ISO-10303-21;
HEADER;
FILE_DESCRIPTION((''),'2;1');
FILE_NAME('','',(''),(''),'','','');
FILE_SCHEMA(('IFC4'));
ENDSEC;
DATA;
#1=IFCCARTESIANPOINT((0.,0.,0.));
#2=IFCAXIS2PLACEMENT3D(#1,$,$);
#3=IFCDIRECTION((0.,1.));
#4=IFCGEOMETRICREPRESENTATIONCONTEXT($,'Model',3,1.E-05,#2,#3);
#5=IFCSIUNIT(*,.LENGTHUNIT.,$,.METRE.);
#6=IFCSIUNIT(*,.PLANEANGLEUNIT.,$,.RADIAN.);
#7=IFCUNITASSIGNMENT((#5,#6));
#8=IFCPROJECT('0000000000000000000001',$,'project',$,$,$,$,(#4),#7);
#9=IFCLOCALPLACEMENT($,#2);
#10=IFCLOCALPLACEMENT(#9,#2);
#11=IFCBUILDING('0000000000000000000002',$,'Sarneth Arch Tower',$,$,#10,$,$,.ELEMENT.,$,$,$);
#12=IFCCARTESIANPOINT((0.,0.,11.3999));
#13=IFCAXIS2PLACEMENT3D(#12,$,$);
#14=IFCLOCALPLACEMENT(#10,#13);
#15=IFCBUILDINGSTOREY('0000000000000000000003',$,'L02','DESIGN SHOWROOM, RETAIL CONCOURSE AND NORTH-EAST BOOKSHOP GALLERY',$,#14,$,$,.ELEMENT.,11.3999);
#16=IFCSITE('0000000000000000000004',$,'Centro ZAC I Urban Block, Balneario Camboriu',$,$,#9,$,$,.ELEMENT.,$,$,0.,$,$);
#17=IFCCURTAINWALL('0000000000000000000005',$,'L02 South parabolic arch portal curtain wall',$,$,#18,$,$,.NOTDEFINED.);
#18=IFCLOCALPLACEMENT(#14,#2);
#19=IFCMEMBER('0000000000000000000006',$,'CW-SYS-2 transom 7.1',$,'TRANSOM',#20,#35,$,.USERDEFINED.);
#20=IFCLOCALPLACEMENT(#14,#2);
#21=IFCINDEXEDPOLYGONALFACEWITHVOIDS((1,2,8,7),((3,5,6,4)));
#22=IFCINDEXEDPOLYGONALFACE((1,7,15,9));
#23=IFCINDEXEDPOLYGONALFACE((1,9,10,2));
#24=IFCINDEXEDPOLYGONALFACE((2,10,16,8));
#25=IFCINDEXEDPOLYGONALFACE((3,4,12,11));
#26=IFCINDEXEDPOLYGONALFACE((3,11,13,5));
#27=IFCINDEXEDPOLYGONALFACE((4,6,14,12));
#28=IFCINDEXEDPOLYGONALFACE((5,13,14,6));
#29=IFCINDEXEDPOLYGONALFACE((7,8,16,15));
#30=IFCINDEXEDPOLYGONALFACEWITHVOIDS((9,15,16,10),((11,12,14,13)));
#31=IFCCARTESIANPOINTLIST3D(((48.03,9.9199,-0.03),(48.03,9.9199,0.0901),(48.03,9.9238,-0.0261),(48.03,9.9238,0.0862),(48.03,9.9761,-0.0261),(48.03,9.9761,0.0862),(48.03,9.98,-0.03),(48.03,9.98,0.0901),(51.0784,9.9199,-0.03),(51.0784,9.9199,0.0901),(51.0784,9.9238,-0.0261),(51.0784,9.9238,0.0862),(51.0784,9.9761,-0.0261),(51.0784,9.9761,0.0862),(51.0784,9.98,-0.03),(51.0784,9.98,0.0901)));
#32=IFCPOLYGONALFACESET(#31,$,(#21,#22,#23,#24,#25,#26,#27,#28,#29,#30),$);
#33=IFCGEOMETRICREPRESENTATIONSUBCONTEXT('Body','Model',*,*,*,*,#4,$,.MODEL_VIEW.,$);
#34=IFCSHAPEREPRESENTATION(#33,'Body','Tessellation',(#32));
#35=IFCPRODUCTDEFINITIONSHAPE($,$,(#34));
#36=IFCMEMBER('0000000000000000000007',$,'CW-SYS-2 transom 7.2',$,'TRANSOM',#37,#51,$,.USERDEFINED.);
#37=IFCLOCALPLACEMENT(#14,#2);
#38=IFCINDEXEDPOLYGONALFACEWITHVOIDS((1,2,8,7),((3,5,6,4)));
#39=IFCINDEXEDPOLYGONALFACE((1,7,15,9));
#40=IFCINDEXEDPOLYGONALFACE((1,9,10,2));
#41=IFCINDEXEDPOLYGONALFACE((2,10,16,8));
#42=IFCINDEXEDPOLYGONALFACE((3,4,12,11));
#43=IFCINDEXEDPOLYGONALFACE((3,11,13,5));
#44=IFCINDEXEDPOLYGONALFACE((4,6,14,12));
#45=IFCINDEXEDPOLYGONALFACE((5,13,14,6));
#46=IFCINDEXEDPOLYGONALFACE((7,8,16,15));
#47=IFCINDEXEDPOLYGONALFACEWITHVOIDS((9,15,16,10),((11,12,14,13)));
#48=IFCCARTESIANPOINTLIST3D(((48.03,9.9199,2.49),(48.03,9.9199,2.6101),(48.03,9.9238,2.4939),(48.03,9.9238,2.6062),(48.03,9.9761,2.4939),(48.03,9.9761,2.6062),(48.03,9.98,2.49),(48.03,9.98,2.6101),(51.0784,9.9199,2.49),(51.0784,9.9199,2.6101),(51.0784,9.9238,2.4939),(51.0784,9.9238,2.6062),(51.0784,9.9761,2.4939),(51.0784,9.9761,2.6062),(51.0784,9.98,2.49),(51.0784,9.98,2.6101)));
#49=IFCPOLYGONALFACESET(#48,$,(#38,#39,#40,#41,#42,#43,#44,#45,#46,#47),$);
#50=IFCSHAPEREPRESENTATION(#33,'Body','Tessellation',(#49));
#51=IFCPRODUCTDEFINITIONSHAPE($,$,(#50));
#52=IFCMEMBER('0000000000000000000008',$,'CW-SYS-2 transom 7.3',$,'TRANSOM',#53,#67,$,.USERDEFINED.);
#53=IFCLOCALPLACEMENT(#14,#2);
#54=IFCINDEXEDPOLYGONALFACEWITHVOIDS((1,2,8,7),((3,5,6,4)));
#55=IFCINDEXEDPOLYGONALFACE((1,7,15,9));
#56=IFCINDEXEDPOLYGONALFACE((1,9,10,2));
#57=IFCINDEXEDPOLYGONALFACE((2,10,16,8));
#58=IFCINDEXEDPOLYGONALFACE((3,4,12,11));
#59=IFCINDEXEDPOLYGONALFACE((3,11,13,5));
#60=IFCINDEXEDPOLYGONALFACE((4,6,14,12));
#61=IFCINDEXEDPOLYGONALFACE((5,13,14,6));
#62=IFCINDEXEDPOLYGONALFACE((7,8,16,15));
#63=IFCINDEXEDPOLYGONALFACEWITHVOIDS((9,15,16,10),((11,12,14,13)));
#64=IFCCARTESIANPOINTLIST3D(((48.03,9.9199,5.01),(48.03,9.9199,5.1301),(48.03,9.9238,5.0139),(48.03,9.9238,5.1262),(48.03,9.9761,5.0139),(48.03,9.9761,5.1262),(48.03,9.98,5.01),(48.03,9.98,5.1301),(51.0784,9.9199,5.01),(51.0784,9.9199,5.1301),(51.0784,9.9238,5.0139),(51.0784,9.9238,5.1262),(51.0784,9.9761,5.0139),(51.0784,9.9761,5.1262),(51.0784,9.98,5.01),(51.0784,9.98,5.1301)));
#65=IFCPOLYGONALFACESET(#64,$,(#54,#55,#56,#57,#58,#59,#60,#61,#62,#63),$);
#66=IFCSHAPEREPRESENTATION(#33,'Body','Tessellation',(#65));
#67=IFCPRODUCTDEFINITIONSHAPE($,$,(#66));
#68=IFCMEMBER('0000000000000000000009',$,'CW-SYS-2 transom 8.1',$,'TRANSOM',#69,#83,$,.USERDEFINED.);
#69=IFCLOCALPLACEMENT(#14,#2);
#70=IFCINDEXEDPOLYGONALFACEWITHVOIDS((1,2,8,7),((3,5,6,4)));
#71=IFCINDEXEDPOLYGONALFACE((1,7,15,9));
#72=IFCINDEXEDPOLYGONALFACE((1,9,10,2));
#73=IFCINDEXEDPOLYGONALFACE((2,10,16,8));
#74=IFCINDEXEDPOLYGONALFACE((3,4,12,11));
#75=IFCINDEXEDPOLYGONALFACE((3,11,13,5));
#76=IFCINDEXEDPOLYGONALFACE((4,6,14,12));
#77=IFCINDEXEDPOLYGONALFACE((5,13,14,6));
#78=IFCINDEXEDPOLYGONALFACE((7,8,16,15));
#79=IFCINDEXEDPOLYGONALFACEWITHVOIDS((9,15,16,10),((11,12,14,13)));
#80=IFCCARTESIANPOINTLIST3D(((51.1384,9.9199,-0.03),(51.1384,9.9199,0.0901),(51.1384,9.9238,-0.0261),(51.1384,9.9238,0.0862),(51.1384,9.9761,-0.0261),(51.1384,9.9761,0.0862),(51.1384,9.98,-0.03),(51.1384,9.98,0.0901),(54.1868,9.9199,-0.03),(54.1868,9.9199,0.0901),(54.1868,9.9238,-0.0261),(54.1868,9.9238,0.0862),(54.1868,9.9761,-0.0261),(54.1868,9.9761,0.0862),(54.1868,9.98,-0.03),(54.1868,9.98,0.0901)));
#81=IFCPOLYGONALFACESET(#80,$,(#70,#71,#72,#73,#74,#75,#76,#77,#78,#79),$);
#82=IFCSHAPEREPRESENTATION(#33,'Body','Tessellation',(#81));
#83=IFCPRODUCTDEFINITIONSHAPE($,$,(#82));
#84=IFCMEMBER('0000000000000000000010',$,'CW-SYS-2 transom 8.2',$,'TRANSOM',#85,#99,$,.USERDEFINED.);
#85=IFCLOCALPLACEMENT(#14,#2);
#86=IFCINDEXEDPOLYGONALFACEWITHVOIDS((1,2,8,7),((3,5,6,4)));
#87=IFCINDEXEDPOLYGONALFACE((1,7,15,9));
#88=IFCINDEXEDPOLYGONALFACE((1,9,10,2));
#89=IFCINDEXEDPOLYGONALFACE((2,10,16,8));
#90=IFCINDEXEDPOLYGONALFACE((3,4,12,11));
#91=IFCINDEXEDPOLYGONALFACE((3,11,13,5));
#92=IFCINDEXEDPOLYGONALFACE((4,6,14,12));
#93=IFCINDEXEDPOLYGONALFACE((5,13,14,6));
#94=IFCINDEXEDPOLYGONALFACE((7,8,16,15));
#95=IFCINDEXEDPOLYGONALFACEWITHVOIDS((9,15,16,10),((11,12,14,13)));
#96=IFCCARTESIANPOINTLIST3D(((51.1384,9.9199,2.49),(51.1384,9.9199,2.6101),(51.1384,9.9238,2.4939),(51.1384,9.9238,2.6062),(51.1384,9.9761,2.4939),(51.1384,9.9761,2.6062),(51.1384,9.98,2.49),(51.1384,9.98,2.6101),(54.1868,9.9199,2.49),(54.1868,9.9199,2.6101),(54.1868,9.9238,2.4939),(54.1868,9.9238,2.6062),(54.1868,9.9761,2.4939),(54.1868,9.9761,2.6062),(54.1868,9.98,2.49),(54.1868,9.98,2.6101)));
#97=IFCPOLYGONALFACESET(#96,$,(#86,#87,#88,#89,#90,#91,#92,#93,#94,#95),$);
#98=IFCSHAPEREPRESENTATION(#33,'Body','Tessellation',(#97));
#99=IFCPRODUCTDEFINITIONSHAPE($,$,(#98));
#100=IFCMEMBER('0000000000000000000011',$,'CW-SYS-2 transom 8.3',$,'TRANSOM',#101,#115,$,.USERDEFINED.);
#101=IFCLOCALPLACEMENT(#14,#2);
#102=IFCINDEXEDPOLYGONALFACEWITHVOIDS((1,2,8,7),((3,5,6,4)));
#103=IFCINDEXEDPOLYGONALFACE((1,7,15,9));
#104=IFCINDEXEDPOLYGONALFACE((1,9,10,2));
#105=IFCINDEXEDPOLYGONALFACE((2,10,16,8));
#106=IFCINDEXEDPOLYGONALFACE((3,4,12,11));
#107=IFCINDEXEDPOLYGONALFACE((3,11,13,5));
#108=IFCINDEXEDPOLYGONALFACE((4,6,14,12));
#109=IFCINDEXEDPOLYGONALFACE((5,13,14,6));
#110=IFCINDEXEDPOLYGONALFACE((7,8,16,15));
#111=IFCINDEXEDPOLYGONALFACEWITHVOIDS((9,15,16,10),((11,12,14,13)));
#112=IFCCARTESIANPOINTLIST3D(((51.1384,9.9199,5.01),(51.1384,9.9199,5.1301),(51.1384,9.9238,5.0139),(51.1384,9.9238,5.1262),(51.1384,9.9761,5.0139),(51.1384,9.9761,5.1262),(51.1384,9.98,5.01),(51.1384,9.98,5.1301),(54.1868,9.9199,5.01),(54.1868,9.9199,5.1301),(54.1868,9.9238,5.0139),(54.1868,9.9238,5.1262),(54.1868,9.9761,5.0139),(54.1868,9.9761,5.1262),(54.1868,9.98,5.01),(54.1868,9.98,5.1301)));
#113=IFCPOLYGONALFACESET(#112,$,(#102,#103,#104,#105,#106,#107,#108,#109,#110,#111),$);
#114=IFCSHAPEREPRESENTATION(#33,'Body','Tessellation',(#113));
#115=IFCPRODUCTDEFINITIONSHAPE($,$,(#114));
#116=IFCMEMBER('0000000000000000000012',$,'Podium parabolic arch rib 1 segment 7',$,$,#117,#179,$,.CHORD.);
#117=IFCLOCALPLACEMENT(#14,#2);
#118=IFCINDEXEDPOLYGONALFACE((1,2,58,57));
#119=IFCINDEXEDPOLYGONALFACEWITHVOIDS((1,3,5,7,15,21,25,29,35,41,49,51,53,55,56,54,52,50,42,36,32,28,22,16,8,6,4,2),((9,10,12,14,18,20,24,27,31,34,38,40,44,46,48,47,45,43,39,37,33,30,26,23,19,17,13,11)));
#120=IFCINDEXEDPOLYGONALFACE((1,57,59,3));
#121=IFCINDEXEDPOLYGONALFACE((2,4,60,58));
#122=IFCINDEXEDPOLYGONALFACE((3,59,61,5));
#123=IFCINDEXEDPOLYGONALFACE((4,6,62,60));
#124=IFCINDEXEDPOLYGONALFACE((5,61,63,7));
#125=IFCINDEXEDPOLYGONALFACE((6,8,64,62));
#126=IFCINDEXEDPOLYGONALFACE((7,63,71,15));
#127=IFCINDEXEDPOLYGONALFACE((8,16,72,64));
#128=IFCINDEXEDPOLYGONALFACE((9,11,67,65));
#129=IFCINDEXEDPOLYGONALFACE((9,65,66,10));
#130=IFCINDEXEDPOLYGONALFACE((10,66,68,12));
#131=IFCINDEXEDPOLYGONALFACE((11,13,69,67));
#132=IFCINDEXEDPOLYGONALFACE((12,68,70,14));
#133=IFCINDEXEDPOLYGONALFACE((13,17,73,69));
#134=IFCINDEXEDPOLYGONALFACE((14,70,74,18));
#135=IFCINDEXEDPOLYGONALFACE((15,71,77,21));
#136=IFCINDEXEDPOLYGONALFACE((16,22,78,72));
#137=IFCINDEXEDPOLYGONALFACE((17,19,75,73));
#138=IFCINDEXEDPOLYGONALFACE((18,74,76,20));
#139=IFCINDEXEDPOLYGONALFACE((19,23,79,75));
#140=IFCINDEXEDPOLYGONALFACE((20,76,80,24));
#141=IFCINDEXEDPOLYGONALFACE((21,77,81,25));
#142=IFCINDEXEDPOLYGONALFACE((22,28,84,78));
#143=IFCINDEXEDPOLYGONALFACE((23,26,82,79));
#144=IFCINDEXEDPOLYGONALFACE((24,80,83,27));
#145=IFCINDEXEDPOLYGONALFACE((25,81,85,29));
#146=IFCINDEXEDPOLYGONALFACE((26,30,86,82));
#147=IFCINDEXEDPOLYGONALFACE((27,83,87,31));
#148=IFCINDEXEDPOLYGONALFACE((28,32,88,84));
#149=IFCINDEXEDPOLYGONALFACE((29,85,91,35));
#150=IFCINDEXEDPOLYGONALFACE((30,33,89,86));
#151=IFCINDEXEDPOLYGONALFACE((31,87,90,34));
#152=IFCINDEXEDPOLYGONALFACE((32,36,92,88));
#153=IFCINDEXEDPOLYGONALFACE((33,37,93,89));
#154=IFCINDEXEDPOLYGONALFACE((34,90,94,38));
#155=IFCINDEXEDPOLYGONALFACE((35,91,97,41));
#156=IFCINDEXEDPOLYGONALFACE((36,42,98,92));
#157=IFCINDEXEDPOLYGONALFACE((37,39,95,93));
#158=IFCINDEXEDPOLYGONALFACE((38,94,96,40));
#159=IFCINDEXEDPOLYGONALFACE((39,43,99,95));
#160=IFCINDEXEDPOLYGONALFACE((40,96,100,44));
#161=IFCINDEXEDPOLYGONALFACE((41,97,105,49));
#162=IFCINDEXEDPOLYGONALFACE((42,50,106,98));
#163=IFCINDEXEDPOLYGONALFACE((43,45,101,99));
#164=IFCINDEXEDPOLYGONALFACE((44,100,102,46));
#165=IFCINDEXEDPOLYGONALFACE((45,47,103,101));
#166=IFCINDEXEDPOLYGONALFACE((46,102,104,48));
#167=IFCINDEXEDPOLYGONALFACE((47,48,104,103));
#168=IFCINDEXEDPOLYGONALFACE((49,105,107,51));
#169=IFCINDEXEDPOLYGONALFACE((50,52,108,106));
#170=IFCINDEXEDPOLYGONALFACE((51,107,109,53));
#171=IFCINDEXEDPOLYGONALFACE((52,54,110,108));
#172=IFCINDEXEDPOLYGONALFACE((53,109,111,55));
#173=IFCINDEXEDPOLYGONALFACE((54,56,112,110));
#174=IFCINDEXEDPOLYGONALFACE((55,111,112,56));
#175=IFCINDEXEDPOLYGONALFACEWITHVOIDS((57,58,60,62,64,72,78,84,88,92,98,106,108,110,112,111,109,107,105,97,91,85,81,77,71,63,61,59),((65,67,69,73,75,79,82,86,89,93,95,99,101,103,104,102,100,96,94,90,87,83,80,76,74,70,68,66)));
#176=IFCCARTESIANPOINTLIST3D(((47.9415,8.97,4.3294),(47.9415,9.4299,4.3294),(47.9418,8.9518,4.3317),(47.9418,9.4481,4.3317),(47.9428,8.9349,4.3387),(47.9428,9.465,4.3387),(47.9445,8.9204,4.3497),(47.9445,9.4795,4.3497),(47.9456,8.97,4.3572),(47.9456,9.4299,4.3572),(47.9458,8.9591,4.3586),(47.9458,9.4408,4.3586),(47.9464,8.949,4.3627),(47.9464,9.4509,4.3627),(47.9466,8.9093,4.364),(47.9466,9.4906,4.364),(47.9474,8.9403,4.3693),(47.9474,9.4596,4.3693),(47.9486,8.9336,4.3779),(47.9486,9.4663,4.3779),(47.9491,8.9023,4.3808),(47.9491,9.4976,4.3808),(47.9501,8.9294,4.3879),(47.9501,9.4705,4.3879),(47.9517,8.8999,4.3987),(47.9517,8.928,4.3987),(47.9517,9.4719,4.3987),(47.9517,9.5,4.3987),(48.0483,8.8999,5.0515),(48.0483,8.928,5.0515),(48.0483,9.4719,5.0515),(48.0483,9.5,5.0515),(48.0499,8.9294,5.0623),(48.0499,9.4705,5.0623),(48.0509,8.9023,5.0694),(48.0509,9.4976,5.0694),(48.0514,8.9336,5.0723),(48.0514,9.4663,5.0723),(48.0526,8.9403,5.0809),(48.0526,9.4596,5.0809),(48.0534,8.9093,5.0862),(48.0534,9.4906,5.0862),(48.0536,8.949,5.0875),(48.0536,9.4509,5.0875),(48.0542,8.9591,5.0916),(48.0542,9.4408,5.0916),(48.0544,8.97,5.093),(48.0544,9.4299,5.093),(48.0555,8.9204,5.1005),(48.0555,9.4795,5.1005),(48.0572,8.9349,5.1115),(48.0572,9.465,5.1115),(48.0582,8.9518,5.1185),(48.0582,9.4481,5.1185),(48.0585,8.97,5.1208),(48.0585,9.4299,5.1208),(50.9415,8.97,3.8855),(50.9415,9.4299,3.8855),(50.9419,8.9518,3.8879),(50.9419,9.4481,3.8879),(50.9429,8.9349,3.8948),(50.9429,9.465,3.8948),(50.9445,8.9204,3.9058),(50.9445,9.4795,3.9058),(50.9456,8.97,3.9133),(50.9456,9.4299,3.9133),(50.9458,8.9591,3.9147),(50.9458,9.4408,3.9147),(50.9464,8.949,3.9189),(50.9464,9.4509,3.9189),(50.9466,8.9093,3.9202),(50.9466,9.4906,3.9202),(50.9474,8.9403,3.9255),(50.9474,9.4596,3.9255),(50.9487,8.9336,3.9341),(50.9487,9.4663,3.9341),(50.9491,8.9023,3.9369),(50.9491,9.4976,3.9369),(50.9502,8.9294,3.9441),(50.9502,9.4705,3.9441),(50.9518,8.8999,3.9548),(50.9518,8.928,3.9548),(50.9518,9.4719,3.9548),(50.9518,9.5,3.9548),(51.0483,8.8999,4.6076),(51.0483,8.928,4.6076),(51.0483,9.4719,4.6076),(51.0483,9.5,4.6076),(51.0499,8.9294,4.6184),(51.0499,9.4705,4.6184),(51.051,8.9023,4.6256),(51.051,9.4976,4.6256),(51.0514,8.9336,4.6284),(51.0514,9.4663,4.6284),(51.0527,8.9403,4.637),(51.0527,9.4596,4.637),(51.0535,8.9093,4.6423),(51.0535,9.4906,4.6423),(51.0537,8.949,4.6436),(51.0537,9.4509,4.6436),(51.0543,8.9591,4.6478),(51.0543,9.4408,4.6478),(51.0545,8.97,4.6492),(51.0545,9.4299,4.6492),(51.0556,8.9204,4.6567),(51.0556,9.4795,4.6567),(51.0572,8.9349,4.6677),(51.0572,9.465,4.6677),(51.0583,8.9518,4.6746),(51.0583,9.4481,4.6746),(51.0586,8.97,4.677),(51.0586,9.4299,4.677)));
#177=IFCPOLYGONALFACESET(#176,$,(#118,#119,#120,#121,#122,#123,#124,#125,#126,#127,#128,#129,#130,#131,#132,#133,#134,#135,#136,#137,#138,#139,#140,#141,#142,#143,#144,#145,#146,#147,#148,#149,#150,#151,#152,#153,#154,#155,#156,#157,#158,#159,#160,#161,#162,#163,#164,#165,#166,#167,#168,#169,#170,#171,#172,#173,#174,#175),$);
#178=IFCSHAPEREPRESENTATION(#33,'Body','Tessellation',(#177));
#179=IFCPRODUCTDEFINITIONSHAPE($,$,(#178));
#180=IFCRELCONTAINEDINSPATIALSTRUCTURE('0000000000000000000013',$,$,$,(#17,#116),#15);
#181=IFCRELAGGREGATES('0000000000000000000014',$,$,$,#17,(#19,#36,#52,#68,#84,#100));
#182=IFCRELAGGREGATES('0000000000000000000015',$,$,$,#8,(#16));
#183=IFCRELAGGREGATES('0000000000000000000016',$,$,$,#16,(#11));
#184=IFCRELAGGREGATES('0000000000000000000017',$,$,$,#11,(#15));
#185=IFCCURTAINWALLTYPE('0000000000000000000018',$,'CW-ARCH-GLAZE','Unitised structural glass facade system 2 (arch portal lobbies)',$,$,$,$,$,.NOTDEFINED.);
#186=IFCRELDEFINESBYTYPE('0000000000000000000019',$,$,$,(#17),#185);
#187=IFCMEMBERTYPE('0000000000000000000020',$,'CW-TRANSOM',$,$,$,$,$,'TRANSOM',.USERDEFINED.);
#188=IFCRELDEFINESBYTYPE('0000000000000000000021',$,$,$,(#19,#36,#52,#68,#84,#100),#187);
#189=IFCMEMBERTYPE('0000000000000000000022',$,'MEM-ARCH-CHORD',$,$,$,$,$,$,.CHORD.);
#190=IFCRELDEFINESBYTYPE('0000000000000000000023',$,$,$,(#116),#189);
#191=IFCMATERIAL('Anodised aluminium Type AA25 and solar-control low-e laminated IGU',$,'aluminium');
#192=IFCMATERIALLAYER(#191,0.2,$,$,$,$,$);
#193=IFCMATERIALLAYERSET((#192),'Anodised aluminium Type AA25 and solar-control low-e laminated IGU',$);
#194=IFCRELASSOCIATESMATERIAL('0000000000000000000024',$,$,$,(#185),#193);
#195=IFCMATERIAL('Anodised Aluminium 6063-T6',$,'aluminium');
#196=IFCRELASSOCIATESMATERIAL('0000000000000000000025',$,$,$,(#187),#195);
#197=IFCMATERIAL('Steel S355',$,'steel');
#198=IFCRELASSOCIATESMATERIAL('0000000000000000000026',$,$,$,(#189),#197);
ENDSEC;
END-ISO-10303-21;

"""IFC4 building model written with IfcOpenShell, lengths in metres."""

from ifc_helpers import new_model, si_unit, direction, frame, origin, origin_2d, place, context, subcontext, project, spatial, hollow_rectangle, extrude, material, layer, layer_set, material_profile, profile_set, type_object, element, aggregate, save


model = new_model("IFC4")

# Units and contexts
model_context = context("Model", 3, precision=1e-05, world=origin(), true_north=direction((0.0, 1.0)))
body_context = subcontext(model_context, "Body", "Model", "MODEL_VIEW")
ifc_project = project(units=[si_unit("LENGTHUNIT", "METRE"), si_unit("PLANEANGLEUNIT", "RADIAN")], contexts=[model_context])

# Site, building, storey
site_placement = place(None, origin())
site = spatial("IfcSite", under=ifc_project, at=site_placement, Name="Centro ZAC I Urban Block, Balneario Camboriu", CompositionType="ELEMENT", RefElevation=0.0)
building_placement = place(site_placement, origin())
building = spatial("IfcBuilding", under=site, at=building_placement, Name="Sarneth Arch Tower", CompositionType="ELEMENT")
storey_placement = place(building_placement, frame((0.0, 0.0, 11.3999)))
storey = spatial("IfcBuildingStorey", under=building, at=storey_placement, Name="L02", Description="DESIGN SHOWROOM, RETAIL CONCOURSE AND NORTH-EAST BOOKSHOP GALLERY", CompositionType="ELEMENT", Elevation=11.3999)

# Curtain wall, members
ifc_material_1 = material(Name="Anodised aluminium Type AA25 and solar-control low-e laminated IGU", Category="aluminium")
ifc_layer_1 = layer(ifc_material_1, 0.2)
ifc_layer_set_1 = layer_set([ifc_layer_1], Name="Anodised aluminium Type AA25 and solar-control low-e laminated IGU")
curtain_wall_type = type_object("IfcCurtainWallType", Name="CW-ARCH-GLAZE", Description="Unitised structural glass facade system 2 (arch portal lobbies)", PredefinedType="NOTDEFINED", material=ifc_layer_set_1)
curtain_wall_placement = place(storey_placement, origin())
curtain_wall = element("IfcCurtainWall", 1, at=curtain_wall_placement, inside=storey, type_object=curtain_wall_type, Name="L02 South parabolic arch portal curtain wall", PredefinedType="NOTDEFINED")
ifc_material_2 = material(Name="Anodised Aluminium 6063-T6", Category="aluminium")
ifc_material_profile_1 = material_profile(ifc_material_2, hollow_rectangle(XDim=0.0601, YDim=0.1201, WallThickness=0.0039, at=origin_2d()), Name="AL-TRAN-120x60x4")
ifc_profile_set_1 = profile_set([ifc_material_profile_1], Name="Anodised Aluminium 6063-T6")
member_type_1 = type_object("IfcMemberType", Name="CW-TRANSOM", ElementType="TRANSOM", PredefinedType="USERDEFINED", material=ifc_profile_set_1)
member_1_placement = place(storey_placement, frame((48.03, 9.95, 0.03), z_axis=(1.0, 0.0, 0.0), x_axis=(0.0, 1.0, 0.0)))
member_1 = element("IfcMember", 2, at=member_1_placement, type_object=member_type_1, Name="CW-SYS-2 transom 7.1", ObjectType="TRANSOM", PredefinedType="USERDEFINED", context=body_context, shape_type="SweptSolid", body=[
    extrude(hollow_rectangle(XDim=0.0601, YDim=0.1201, WallThickness=0.0039, at=origin_2d()), origin(), (0.0, 0.0, 1.0), 3.0483),
])
member_2_placement = place(storey_placement, frame((48.03, 9.95, 2.55), z_axis=(1.0, 0.0, 0.0), x_axis=(0.0, 1.0, 0.0)))
member_2 = element("IfcMember", 3, at=member_2_placement, type_object=member_type_1, Name="CW-SYS-2 transom 7.2", ObjectType="TRANSOM", PredefinedType="USERDEFINED", context=body_context, shape_type="SweptSolid", body=[
    extrude(hollow_rectangle(XDim=0.0601, YDim=0.1201, WallThickness=0.0039, at=origin_2d()), origin(), (0.0, 0.0, 1.0), 3.0483),
])
member_3_placement = place(storey_placement, frame((48.03, 9.95, 5.0701), z_axis=(1.0, 0.0, 0.0), x_axis=(0.0, 1.0, 0.0)))
member_3 = element("IfcMember", 4, at=member_3_placement, type_object=member_type_1, Name="CW-SYS-2 transom 7.3", ObjectType="TRANSOM", PredefinedType="USERDEFINED", context=body_context, shape_type="SweptSolid", body=[
    extrude(hollow_rectangle(XDim=0.0601, YDim=0.1201, WallThickness=0.0039, at=origin_2d()), origin(), (0.0, 0.0, 1.0), 3.0483),
])
member_4_placement = place(storey_placement, frame((51.1384, 9.95, 0.03), z_axis=(1.0, 0.0, 0.0), x_axis=(0.0, 1.0, 0.0)))
member_4 = element("IfcMember", 5, at=member_4_placement, type_object=member_type_1, Name="CW-SYS-2 transom 8.1", ObjectType="TRANSOM", PredefinedType="USERDEFINED", context=body_context, shape_type="SweptSolid", body=[
    extrude(hollow_rectangle(XDim=0.0601, YDim=0.1201, WallThickness=0.0039, at=origin_2d()), origin(), (0.0, 0.0, 1.0), 3.0483),
])
member_5_placement = place(storey_placement, frame((51.1384, 9.95, 2.55), z_axis=(1.0, 0.0, 0.0), x_axis=(0.0, 1.0, 0.0)))
member_5 = element("IfcMember", 6, at=member_5_placement, type_object=member_type_1, Name="CW-SYS-2 transom 8.2", ObjectType="TRANSOM", PredefinedType="USERDEFINED", context=body_context, shape_type="SweptSolid", body=[
    extrude(hollow_rectangle(XDim=0.0601, YDim=0.1201, WallThickness=0.0039, at=origin_2d()), origin(), (0.0, 0.0, 1.0), 3.0483),
])
member_6_placement = place(storey_placement, frame((51.1384, 9.95, 5.0701), z_axis=(1.0, 0.0, 0.0), x_axis=(0.0, 1.0, 0.0)))
member_6 = element("IfcMember", 7, at=member_6_placement, type_object=member_type_1, Name="CW-SYS-2 transom 8.3", ObjectType="TRANSOM", PredefinedType="USERDEFINED", context=body_context, shape_type="SweptSolid", body=[
    extrude(hollow_rectangle(XDim=0.0601, YDim=0.1201, WallThickness=0.0039, at=origin_2d()), origin(), (0.0, 0.0, 1.0), 3.0483),
])

# Member
ifc_material_3 = material(Name="Steel S355", Category="steel")
ifc_material_profile_2 = material_profile(ifc_material_3, hollow_rectangle(XDim=0.6001, YDim=0.8, WallThickness=0.0281, InnerFilletRadius=0.042, OuterFilletRadius=0.0701, at=origin_2d()), Name="RHS800x600x28")
ifc_profile_set_2 = profile_set([ifc_material_profile_2], Name="Steel S355")
member_type_2 = type_object("IfcMemberType", Name="MEM-ARCH-CHORD", PredefinedType="CHORD", material=ifc_profile_set_2)
member_7_placement = place(storey_placement, frame((48.0, 9.2, 4.7251), z_axis=(0.989232, 0.0, -0.146356), x_axis=(0.0, 1.0, 0.0)))
element("IfcMember", 8, at=member_7_placement, inside=storey, type_object=member_type_2, Name="Podium parabolic arch rib 1 segment 7", PredefinedType="CHORD", context=body_context, shape_type="SweptSolid", body=[
    extrude(hollow_rectangle(XDim=0.6001, YDim=0.8, WallThickness=0.0281, InnerFilletRadius=0.042, OuterFilletRadius=0.0701, at=origin_2d()), origin(), (0.0, 0.0, 1.0), 3.0327),
])

aggregate(curtain_wall, [member_1, member_2, member_3, member_4, member_5, member_6])

save(model, "model.ifc")
